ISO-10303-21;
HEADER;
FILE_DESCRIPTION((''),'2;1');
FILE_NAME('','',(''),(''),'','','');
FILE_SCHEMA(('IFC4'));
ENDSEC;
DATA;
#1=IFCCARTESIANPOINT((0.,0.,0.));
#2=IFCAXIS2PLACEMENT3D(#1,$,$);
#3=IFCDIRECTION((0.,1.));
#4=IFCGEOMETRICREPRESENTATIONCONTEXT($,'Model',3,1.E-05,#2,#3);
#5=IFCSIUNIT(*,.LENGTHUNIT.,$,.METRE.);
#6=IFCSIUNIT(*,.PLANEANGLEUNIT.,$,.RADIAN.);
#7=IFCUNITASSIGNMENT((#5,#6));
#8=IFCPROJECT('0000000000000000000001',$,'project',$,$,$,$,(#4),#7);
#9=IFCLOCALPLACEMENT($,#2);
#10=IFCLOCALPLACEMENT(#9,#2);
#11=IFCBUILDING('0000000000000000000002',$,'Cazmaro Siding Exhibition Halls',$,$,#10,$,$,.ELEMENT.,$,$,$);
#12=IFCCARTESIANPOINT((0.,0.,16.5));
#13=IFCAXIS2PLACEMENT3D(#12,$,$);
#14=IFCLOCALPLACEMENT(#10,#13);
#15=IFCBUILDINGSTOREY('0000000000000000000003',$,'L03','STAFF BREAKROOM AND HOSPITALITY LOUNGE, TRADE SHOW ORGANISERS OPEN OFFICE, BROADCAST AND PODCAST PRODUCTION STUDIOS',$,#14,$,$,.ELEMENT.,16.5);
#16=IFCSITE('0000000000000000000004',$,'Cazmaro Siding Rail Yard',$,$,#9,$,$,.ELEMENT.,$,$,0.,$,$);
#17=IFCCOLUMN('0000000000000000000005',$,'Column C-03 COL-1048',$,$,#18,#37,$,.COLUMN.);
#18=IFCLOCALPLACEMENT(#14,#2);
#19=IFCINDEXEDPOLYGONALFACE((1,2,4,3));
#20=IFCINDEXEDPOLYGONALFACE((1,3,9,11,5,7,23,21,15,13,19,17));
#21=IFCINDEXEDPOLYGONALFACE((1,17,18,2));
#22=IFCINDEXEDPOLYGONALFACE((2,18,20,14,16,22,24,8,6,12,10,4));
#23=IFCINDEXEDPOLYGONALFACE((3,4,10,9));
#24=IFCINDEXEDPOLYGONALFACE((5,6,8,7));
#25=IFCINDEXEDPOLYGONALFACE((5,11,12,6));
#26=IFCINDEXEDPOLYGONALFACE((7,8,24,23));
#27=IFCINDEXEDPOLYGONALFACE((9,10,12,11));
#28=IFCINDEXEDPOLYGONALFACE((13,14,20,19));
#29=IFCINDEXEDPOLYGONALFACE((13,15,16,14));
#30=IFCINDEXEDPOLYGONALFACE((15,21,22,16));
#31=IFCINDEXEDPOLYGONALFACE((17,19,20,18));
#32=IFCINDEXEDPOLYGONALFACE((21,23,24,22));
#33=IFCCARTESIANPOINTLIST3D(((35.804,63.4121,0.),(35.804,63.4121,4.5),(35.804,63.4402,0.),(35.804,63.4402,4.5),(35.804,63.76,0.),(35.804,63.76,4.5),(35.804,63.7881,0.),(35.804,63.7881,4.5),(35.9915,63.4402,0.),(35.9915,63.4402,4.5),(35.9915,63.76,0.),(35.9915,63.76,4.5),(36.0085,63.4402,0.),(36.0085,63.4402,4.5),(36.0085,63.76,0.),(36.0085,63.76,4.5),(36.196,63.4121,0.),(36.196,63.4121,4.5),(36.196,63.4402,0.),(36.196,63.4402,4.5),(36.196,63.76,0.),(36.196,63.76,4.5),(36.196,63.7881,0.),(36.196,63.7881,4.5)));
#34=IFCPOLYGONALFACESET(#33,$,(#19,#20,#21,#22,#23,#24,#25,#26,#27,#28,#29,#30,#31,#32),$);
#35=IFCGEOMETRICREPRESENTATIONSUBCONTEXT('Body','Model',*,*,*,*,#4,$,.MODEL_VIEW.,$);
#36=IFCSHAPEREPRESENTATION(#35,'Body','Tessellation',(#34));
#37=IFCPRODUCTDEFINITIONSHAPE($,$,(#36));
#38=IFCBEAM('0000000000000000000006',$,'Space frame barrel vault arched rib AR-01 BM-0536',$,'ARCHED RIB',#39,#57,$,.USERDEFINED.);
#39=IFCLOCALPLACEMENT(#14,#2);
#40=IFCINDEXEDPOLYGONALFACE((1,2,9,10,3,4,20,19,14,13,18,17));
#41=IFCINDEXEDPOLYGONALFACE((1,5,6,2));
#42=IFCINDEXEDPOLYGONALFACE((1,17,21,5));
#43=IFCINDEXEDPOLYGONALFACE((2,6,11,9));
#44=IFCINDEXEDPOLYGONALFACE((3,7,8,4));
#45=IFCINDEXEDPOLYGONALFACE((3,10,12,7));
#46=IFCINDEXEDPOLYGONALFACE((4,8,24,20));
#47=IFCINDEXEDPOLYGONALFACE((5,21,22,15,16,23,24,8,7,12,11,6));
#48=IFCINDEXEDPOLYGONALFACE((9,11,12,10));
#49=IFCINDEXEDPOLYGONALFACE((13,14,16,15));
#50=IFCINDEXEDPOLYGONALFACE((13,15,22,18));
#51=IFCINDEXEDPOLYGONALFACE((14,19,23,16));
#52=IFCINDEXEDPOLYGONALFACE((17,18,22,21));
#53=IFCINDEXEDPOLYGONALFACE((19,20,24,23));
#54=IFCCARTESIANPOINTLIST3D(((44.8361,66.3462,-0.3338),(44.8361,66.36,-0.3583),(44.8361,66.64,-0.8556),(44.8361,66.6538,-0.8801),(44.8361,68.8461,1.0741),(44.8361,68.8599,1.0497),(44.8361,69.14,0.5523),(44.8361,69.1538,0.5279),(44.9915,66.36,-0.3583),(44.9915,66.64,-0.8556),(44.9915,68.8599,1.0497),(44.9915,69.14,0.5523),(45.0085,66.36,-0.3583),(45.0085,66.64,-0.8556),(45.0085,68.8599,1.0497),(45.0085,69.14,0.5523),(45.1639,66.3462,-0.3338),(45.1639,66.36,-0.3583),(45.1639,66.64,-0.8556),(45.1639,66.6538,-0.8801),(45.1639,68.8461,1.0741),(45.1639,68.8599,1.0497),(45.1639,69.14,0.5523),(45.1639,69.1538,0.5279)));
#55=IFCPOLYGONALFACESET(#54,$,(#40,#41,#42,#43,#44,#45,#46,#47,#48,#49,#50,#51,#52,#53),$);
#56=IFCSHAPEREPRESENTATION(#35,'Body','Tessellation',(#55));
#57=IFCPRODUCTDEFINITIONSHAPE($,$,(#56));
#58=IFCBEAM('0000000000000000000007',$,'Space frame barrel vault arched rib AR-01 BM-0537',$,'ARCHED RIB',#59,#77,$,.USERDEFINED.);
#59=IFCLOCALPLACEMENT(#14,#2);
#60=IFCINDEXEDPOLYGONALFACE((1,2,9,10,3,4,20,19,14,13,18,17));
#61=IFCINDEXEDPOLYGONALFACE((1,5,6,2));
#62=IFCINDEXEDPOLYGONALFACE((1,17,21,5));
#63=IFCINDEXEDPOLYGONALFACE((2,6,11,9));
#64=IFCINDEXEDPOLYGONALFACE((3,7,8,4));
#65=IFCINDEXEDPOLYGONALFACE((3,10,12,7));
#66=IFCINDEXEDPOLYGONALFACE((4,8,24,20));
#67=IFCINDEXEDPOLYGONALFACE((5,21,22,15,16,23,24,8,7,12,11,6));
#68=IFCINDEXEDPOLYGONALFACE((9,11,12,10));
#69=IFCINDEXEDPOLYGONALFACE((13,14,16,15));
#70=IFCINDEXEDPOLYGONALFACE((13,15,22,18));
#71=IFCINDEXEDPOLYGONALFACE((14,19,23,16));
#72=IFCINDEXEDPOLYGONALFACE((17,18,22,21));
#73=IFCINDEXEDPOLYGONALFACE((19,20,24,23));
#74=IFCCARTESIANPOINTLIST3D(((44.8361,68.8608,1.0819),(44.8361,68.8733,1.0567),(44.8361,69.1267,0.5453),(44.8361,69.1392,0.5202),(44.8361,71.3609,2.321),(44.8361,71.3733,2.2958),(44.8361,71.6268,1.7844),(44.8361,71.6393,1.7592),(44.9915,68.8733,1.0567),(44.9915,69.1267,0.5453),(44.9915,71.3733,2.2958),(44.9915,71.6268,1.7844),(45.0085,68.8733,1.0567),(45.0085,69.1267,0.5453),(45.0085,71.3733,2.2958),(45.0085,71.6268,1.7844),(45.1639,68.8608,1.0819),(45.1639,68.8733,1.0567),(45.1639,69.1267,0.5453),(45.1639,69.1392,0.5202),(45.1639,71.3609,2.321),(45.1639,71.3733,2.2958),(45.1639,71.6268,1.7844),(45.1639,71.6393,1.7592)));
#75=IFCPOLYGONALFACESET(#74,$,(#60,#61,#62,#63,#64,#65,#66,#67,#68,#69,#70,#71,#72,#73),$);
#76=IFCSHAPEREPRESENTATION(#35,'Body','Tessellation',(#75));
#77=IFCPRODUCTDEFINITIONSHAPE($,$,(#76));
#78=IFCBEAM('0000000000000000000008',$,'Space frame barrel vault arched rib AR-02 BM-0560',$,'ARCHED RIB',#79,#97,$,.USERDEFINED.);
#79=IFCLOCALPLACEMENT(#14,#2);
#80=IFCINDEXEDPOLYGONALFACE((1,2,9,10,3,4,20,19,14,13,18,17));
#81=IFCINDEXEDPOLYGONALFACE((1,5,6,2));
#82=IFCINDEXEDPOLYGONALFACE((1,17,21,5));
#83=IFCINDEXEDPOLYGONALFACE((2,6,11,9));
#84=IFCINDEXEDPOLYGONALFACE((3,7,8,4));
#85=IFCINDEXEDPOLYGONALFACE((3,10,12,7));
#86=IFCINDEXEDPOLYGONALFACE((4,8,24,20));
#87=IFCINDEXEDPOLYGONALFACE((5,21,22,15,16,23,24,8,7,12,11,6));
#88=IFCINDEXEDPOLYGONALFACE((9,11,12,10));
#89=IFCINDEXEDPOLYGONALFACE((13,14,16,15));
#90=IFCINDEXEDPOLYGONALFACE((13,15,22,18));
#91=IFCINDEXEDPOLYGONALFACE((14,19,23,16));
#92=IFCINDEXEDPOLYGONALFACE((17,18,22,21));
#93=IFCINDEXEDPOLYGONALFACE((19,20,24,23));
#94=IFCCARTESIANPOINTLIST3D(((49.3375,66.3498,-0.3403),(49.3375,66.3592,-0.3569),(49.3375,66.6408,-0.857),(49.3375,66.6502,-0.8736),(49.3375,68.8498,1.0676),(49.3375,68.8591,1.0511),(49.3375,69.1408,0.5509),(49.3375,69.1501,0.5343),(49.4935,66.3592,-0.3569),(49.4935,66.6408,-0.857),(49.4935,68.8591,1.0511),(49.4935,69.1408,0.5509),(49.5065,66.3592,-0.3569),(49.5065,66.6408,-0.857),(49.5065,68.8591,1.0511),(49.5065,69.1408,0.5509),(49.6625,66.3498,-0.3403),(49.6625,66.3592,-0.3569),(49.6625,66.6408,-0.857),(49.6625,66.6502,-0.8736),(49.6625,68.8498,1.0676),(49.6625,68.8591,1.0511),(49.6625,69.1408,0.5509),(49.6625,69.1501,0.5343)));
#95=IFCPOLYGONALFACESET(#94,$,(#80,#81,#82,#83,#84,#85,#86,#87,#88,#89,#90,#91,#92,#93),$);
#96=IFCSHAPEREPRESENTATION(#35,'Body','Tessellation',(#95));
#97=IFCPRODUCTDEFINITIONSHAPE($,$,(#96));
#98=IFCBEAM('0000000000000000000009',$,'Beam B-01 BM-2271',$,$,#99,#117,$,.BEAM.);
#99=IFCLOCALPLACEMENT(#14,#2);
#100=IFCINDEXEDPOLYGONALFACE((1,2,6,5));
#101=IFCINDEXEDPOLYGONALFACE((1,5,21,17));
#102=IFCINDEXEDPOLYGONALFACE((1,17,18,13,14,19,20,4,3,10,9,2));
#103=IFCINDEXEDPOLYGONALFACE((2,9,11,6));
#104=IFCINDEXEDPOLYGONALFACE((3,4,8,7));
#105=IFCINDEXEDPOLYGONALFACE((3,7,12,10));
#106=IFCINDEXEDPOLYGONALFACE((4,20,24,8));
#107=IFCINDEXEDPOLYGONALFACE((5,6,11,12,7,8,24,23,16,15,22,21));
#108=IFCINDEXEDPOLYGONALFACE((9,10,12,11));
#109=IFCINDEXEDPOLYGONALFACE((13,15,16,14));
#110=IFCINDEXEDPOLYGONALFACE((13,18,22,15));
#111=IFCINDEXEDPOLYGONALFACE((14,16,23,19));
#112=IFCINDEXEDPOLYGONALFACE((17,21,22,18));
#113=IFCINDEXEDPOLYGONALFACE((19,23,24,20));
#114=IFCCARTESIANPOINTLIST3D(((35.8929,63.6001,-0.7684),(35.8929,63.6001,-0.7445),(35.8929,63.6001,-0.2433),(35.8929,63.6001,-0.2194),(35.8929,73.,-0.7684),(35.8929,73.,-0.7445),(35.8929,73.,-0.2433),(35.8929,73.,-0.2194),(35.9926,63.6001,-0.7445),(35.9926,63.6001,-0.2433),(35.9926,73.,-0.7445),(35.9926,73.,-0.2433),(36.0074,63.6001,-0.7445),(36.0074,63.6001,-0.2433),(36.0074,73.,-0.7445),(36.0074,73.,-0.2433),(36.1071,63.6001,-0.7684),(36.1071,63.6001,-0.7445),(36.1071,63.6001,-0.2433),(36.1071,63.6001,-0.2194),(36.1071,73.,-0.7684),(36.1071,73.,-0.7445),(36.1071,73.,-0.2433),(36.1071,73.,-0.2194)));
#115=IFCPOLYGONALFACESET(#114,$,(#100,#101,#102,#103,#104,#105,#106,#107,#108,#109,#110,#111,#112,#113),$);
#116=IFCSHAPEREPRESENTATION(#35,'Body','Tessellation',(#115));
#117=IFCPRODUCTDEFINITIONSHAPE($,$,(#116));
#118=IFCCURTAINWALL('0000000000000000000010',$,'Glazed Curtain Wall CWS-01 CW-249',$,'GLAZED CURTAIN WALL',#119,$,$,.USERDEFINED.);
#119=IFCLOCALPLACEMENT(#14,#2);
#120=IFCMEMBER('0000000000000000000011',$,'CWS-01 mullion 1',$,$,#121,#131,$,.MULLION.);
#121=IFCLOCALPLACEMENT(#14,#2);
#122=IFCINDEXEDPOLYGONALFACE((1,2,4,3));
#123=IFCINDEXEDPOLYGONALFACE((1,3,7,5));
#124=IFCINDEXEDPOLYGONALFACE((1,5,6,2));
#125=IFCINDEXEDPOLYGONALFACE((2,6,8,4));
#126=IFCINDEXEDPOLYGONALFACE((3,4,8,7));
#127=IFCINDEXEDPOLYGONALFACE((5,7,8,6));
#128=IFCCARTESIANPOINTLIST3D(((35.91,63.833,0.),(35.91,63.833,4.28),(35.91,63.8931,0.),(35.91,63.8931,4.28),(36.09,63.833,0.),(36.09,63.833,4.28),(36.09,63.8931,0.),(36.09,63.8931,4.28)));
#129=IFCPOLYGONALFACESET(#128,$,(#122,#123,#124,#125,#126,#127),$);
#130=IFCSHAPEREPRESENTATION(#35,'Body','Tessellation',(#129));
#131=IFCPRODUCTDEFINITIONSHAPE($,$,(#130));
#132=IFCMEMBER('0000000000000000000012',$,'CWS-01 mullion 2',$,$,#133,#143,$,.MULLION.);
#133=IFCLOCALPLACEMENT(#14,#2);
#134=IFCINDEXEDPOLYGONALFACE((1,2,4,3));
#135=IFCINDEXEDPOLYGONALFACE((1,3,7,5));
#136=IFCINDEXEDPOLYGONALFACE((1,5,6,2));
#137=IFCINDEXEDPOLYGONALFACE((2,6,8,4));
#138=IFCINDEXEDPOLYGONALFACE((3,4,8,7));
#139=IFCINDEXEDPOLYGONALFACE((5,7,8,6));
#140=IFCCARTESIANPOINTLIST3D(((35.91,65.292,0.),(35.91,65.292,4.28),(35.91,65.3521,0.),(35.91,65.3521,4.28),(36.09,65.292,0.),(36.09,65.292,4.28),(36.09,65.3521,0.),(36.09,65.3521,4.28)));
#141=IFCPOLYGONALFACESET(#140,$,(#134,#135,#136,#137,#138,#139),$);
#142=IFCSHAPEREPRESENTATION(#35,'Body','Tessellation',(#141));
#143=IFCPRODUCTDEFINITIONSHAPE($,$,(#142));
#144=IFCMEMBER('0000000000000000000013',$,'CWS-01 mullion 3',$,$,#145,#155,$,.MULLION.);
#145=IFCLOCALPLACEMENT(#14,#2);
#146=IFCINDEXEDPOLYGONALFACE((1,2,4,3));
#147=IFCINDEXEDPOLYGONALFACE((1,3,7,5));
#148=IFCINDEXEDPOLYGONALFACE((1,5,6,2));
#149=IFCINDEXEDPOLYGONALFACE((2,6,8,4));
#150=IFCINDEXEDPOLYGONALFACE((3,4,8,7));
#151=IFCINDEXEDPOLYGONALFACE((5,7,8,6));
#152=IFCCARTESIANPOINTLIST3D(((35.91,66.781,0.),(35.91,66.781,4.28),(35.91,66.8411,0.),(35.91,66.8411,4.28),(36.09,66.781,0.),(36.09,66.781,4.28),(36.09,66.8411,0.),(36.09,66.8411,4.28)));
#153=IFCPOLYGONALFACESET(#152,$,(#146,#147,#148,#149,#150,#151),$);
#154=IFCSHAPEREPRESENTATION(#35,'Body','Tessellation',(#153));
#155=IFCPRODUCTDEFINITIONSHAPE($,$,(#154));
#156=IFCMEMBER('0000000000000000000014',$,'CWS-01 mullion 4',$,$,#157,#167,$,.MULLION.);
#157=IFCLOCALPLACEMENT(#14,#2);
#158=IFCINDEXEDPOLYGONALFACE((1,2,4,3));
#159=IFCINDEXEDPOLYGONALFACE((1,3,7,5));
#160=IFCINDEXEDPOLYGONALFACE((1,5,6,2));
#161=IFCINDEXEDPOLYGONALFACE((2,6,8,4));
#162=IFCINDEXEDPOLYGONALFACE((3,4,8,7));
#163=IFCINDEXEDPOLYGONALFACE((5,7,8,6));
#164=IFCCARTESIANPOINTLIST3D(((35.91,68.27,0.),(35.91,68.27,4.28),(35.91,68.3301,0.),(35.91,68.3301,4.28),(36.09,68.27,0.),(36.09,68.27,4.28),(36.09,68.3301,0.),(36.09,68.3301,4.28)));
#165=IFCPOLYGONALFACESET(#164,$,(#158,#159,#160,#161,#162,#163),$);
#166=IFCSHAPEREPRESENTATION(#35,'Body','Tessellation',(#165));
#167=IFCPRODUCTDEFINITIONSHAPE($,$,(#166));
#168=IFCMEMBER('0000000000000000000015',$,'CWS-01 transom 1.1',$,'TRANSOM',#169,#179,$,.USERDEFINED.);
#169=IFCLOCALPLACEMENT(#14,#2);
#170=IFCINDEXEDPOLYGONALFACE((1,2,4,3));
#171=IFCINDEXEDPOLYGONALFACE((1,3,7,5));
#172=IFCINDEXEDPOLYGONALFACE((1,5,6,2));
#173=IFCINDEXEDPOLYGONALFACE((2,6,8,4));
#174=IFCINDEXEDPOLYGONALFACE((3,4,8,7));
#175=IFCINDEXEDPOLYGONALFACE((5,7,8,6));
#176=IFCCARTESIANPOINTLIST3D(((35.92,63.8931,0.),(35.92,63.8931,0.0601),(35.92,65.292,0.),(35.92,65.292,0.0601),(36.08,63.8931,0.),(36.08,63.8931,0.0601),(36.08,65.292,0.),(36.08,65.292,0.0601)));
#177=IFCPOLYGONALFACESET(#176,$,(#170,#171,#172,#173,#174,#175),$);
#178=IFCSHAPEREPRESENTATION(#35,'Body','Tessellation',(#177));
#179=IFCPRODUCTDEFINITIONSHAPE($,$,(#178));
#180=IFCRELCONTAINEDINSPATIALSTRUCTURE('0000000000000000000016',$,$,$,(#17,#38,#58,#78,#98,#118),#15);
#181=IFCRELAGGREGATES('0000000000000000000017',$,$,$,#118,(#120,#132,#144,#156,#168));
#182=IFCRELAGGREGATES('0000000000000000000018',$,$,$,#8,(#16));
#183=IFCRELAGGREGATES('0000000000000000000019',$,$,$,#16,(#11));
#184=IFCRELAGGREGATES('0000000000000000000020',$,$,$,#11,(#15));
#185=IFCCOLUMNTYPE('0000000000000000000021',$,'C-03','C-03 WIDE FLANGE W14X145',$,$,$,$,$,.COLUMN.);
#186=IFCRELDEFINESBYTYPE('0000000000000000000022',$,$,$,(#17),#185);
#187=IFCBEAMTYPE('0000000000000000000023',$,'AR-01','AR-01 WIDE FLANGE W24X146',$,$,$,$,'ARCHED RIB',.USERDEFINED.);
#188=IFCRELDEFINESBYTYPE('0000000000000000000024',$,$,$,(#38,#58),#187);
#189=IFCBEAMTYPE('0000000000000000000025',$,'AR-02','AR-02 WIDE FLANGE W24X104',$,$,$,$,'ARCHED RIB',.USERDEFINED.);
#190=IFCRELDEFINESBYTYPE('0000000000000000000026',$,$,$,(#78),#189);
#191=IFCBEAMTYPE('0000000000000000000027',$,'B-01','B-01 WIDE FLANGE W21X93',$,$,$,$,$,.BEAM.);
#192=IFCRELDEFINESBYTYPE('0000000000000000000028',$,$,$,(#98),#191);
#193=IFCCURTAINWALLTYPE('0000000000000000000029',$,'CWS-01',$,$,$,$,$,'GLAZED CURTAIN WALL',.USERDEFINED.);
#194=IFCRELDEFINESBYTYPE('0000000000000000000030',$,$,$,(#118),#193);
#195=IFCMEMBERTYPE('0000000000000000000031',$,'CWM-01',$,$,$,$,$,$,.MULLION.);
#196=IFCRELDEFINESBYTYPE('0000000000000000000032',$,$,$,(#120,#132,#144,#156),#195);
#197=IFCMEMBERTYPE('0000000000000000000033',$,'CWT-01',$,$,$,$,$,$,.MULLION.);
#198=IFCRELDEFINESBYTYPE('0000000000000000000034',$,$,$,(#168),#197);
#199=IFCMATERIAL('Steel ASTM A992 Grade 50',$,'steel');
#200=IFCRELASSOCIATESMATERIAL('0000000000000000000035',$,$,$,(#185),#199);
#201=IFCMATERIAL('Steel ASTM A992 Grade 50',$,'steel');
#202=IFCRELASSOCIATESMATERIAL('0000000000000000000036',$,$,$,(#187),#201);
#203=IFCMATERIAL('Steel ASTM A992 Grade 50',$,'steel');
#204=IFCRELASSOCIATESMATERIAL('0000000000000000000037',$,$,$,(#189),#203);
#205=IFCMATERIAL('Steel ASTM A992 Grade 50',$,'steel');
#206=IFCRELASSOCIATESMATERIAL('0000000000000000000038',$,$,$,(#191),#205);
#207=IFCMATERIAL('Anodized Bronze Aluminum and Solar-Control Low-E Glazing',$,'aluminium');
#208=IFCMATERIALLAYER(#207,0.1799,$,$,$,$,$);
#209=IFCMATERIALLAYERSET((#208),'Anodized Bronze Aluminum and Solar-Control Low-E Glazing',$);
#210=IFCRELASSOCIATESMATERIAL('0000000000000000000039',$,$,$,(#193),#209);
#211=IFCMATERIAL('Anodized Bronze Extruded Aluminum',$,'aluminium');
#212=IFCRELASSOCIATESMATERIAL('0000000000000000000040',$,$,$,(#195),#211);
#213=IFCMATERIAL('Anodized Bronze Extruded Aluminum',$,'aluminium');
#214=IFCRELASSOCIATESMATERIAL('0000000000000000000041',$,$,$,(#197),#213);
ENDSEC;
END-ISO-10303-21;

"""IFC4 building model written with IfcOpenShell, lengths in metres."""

from ifc_helpers import new_model, si_unit, direction, frame, origin, origin_2d, place, context, subcontext, project, spatial, rectangle, i_section, extrude, material, layer, layer_set, material_profile, profile_set, type_object, element, aggregate, save


model = new_model("IFC4")

# Units and contexts
model_context = context("Model", 3, precision=1e-05, world=origin(), true_north=direction((0.0, 1.0)))
body_context = subcontext(model_context, "Body", "Model", "MODEL_VIEW")
ifc_project = project(units=[si_unit("LENGTHUNIT", "METRE"), si_unit("PLANEANGLEUNIT", "RADIAN")], contexts=[model_context])

# Site, building, storey
site_placement = place(None, origin())
site = spatial("IfcSite", under=ifc_project, at=site_placement, Name="Cazmaro Siding Rail Yard", CompositionType="ELEMENT", RefElevation=0.0)
building_placement = place(site_placement, origin())
building = spatial("IfcBuilding", under=site, at=building_placement, Name="Cazmaro Siding Exhibition Halls", CompositionType="ELEMENT")
storey_placement = place(building_placement, frame((0.0, 0.0, 16.5)))
storey = spatial("IfcBuildingStorey", under=building, at=storey_placement, Name="L03", Description="STAFF BREAKROOM AND HOSPITALITY LOUNGE, TRADE SHOW ORGANISERS OPEN OFFICE, BROADCAST AND PODCAST PRODUCTION STUDIOS", CompositionType="ELEMENT", Elevation=16.5)

# Column
ifc_material_1 = material(Name="Steel ASTM A992 Grade 50", Category="steel")
ifc_material_profile_1 = material_profile(ifc_material_1, i_section(OverallWidth=0.3921, OverallDepth=0.376, WebThickness=0.0171, FlangeThickness=0.0281, at=origin_2d()), Name="W14X145")
ifc_profile_set_1 = profile_set([ifc_material_profile_1], Name="Steel ASTM A992 Grade 50")
column_type = type_object("IfcColumnType", Name="C-03", Description="C-03 WIDE FLANGE W14X145", PredefinedType="COLUMN", material=ifc_profile_set_1)
column_placement = place(storey_placement, frame((36.0, 63.6001, 0.0), z_axis=(0.0, 0.0, 1.0), x_axis=(1.0, 0.0, 0.0)))
element("IfcColumn", 1, at=column_placement, inside=storey, type_object=column_type, Name="Column C-03 COL-1048", PredefinedType="COLUMN", context=body_context, shape_type="SweptSolid", body=[
    extrude(i_section(OverallWidth=0.3921, OverallDepth=0.376, WebThickness=0.0171, FlangeThickness=0.0281, at=origin_2d()), origin(), (0.0, 0.0, 1.0), 4.5),
])

# Beams
ifc_material_2 = material(Name="Steel ASTM A992 Grade 50", Category="steel")
ifc_material_profile_2 = material_profile(ifc_material_2, i_section(OverallWidth=0.3279, OverallDepth=0.627, WebThickness=0.0171, FlangeThickness=0.0281, at=origin_2d()), Name="W24X146")
ifc_profile_set_2 = profile_set([ifc_material_profile_2], Name="Steel ASTM A992 Grade 50")
beam_type_1 = type_object("IfcBeamType", Name="AR-01", Description="AR-01 WIDE FLANGE W24X146", ElementType="ARCHED RIB", PredefinedType="USERDEFINED", material=ifc_profile_set_2)
beam_1_placement = place(storey_placement, frame((45.0, 66.5, -0.6069), z_axis=(0.0, 0.871321, 0.490714), x_axis=(-1.0, 0.0, 0.0)))
element("IfcBeam", 2, at=beam_1_placement, inside=storey, type_object=beam_type_1, Name="Space frame barrel vault arched rib AR-01 BM-0536", ObjectType="ARCHED RIB", PredefinedType="USERDEFINED", context=body_context, shape_type="SweptSolid", body=[
    extrude(i_section(OverallWidth=0.3279, OverallDepth=0.627, WebThickness=0.0171, FlangeThickness=0.0281, at=origin_2d()), origin(), (0.0, 0.0, 1.0), 2.8691),
])
beam_2_placement = place(storey_placement, frame((45.0, 69.0, 0.801), z_axis=(0.0, 0.895997, 0.444061), x_axis=(-1.0, 0.0, 0.0)))
element("IfcBeam", 3, at=beam_2_placement, inside=storey, type_object=beam_type_1, Name="Space frame barrel vault arched rib AR-01 BM-0537", ObjectType="ARCHED RIB", PredefinedType="USERDEFINED", context=body_context, shape_type="SweptSolid", body=[
    extrude(i_section(OverallWidth=0.3279, OverallDepth=0.627, WebThickness=0.0171, FlangeThickness=0.0281, at=origin_2d()), origin(), (0.0, 0.0, 1.0), 2.7903),
])
ifc_material_3 = material(Name="Steel ASTM A992 Grade 50", Category="steel")
ifc_material_profile_3 = material_profile(ifc_material_3, i_section(OverallWidth=0.325, OverallDepth=0.6121, WebThickness=0.0129, FlangeThickness=0.019, at=origin_2d()), Name="W24X104")
ifc_profile_set_3 = profile_set([ifc_material_profile_3], Name="Steel ASTM A992 Grade 50")
beam_type_2 = type_object("IfcBeamType", Name="AR-02", Description="AR-02 WIDE FLANGE W24X104", ElementType="ARCHED RIB", PredefinedType="USERDEFINED", material=ifc_profile_set_3)
beam_3_placement = place(storey_placement, frame((49.5, 66.5, -0.6069), z_axis=(0.0, 0.871321, 0.490714), x_axis=(-1.0, 0.0, 0.0)))
element("IfcBeam", 4, at=beam_3_placement, inside=storey, type_object=beam_type_2, Name="Space frame barrel vault arched rib AR-02 BM-0560", ObjectType="ARCHED RIB", PredefinedType="USERDEFINED", context=body_context, shape_type="SweptSolid", body=[
    extrude(i_section(OverallWidth=0.325, OverallDepth=0.6121, WebThickness=0.0129, FlangeThickness=0.019, at=origin_2d()), origin(), (0.0, 0.0, 1.0), 2.8691),
])
ifc_material_4 = material(Name="Steel ASTM A992 Grade 50", Category="steel")
ifc_material_profile_4 = material_profile(ifc_material_4, i_section(OverallWidth=0.2141, OverallDepth=0.5491, WebThickness=0.0149, FlangeThickness=0.0239, at=origin_2d()), Name="W21X93")
ifc_profile_set_4 = profile_set([ifc_material_profile_4], Name="Steel ASTM A992 Grade 50")
beam_type_3 = type_object("IfcBeamType", Name="B-01", Description="B-01 WIDE FLANGE W21X93", PredefinedType="BEAM", material=ifc_profile_set_4)
beam_4_placement = place(storey_placement, frame((36.0, 63.6001, -0.4939), z_axis=(0.0, 1.0, 0.0), x_axis=(-1.0, 0.0, 0.0)))
element("IfcBeam", 5, at=beam_4_placement, inside=storey, type_object=beam_type_3, Name="Beam B-01 BM-2271", PredefinedType="BEAM", context=body_context, shape_type="SweptSolid", body=[
    extrude(i_section(OverallWidth=0.2141, OverallDepth=0.5491, WebThickness=0.0149, FlangeThickness=0.0239, at=origin_2d()), origin(), (0.0, 0.0, 1.0), 9.3999),
])

# Curtain wall, members
ifc_material_5 = material(Name="Anodized Bronze Aluminum and Solar-Control Low-E Glazing", Category="aluminium")
ifc_layer_1 = layer(ifc_material_5, 0.1799)
ifc_layer_set_1 = layer_set([ifc_layer_1], Name="Anodized Bronze Aluminum and Solar-Control Low-E Glazing")
curtain_wall_type = type_object("IfcCurtainWallType", Name="CWS-01", ElementType="GLAZED CURTAIN WALL", PredefinedType="USERDEFINED", material=ifc_layer_set_1)
curtain_wall_placement = place(storey_placement, origin())
curtain_wall = element("IfcCurtainWall", 6, at=curtain_wall_placement, inside=storey, type_object=curtain_wall_type, Name="Glazed Curtain Wall CWS-01 CW-249", ObjectType="GLAZED CURTAIN WALL", PredefinedType="USERDEFINED")
ifc_material_6 = material(Name="Anodized Bronze Extruded Aluminum", Category="aluminium")
ifc_material_profile_5 = material_profile(ifc_material_6, rectangle(XDim=0.1799, YDim=0.0601, at=origin_2d()), Name="CWM-01")
ifc_profile_set_5 = profile_set([ifc_material_profile_5], Name="Anodized Bronze Extruded Aluminum")
member_type_1 = type_object("IfcMemberType", Name="CWM-01", PredefinedType="MULLION", material=ifc_profile_set_5)
member_1_placement = place(storey_placement, frame((36.0, 63.863, 0.0), z_axis=(0.0, 0.0, 1.0), x_axis=(-1.0, 0.0, 0.0)))
member_1 = element("IfcMember", 7, at=member_1_placement, type_object=member_type_1, Name="CWS-01 mullion 1", PredefinedType="MULLION", context=body_context, shape_type="SweptSolid", body=[
    extrude(rectangle(XDim=0.1799, YDim=0.0601, at=origin_2d()), origin(), (0.0, 0.0, 1.0), 4.28),
])
member_2_placement = place(storey_placement, frame((36.0, 65.322, 0.0), z_axis=(0.0, 0.0, 1.0), x_axis=(-1.0, 0.0, 0.0)))
member_2 = element("IfcMember", 8, at=member_2_placement, type_object=member_type_1, Name="CWS-01 mullion 2", PredefinedType="MULLION", context=body_context, shape_type="SweptSolid", body=[
    extrude(rectangle(XDim=0.1799, YDim=0.0601, at=origin_2d()), origin(), (0.0, 0.0, 1.0), 4.28),
])
member_3_placement = place(storey_placement, frame((36.0, 66.811, 0.0), z_axis=(0.0, 0.0, 1.0), x_axis=(-1.0, 0.0, 0.0)))
member_3 = element("IfcMember", 9, at=member_3_placement, type_object=member_type_1, Name="CWS-01 mullion 3", PredefinedType="MULLION", context=body_context, shape_type="SweptSolid", body=[
    extrude(rectangle(XDim=0.1799, YDim=0.0601, at=origin_2d()), origin(), (0.0, 0.0, 1.0), 4.28),
])
member_4_placement = place(storey_placement, frame((36.0, 68.3, 0.0), z_axis=(0.0, 0.0, 1.0), x_axis=(-1.0, 0.0, 0.0)))
member_4 = element("IfcMember", 10, at=member_4_placement, type_object=member_type_1, Name="CWS-01 mullion 4", PredefinedType="MULLION", context=body_context, shape_type="SweptSolid", body=[
    extrude(rectangle(XDim=0.1799, YDim=0.0601, at=origin_2d()), origin(), (0.0, 0.0, 1.0), 4.28),
])
ifc_material_7 = material(Name="Anodized Bronze Extruded Aluminum", Category="aluminium")
ifc_material_profile_6 = material_profile(ifc_material_7, rectangle(XDim=0.1599, YDim=0.0601, at=origin_2d()), Name="CWT-01")
ifc_profile_set_6 = profile_set([ifc_material_profile_6], Name="Anodized Bronze Extruded Aluminum")
member_type_2 = type_object("IfcMemberType", Name="CWT-01", PredefinedType="MULLION", material=ifc_profile_set_6)
member_5_placement = place(storey_placement, frame((36.0, 63.8931, 0.03), z_axis=(0.0, 1.0, 0.0), x_axis=(-1.0, 0.0, 0.0)))
member_5 = element("IfcMember", 11, at=member_5_placement, type_object=member_type_2, Name="CWS-01 transom 1.1", ObjectType="TRANSOM", PredefinedType="USERDEFINED", context=body_context, shape_type="SweptSolid", body=[
    extrude(rectangle(XDim=0.1599, YDim=0.0601, at=origin_2d()), origin(), (0.0, 0.0, 1.0), 1.3989),
])

aggregate(curtain_wall, [member_1, member_2, member_3, member_4, member_5])

save(model, "model.ifc")
